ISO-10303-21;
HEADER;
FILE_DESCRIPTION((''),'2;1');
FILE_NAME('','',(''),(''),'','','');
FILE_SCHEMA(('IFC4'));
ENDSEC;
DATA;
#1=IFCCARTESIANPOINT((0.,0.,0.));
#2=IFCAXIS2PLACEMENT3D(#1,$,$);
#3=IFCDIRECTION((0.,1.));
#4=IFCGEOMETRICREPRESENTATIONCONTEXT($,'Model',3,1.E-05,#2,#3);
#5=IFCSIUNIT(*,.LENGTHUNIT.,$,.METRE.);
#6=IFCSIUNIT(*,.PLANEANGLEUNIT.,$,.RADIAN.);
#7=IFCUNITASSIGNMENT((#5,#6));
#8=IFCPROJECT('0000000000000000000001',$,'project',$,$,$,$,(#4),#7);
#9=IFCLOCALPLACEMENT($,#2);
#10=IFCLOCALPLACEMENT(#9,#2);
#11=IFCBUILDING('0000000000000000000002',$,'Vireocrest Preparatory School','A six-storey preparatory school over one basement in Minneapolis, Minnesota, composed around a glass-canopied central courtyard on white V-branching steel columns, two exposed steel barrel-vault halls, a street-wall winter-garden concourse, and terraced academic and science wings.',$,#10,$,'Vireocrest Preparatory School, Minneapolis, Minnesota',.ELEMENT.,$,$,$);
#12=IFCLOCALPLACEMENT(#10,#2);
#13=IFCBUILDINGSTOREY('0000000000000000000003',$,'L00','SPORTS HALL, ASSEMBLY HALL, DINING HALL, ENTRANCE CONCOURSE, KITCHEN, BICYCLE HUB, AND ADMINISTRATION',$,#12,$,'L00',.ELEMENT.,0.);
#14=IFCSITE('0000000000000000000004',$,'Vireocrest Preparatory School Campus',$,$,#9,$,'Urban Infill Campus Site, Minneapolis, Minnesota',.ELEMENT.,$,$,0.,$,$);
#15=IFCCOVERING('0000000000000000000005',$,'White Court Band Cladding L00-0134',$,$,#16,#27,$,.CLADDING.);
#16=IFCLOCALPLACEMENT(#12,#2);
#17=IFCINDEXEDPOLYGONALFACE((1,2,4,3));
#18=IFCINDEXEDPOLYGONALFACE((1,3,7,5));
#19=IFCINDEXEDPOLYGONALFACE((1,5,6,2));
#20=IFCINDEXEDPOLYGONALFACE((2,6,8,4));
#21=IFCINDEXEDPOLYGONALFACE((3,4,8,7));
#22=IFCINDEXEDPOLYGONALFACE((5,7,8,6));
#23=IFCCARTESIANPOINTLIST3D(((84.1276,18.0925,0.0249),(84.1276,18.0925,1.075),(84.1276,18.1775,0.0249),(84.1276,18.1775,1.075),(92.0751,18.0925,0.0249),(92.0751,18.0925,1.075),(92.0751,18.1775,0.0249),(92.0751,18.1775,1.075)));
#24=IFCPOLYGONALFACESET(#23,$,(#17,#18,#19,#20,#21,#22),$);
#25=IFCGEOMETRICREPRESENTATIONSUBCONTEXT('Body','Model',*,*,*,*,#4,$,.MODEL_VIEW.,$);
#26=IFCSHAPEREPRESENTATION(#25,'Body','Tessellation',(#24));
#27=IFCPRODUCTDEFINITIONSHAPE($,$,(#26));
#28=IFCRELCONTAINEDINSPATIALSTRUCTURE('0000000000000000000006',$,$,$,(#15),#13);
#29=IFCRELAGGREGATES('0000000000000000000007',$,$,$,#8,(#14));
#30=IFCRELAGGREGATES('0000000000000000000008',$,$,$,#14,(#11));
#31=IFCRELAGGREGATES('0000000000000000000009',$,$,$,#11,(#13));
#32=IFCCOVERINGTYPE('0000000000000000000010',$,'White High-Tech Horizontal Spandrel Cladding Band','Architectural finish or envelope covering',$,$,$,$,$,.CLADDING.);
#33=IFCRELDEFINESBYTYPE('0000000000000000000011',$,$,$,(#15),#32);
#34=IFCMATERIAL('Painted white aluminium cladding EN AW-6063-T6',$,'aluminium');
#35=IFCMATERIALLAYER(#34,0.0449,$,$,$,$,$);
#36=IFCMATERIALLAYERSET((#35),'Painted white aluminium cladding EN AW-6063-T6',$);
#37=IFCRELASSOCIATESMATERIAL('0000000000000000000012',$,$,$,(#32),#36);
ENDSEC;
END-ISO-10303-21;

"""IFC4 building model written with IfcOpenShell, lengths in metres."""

from ifc_helpers import new_model, si_unit, direction, frame, origin, origin_2d, place, context, subcontext, project, spatial, rectangle, extrude, material, layer, layer_set, type_object, element, save


model = new_model("IFC4")

# Units and contexts
model_context = context("Model", 3, precision=1e-05, world=origin(), true_north=direction((0.0, 1.0)))
body_context = subcontext(model_context, "Body", "Model", "MODEL_VIEW")
ifc_project = project(units=[si_unit("LENGTHUNIT", "METRE"), si_unit("PLANEANGLEUNIT", "RADIAN")], contexts=[model_context])

# Site, building, storey
site_placement = place(None, origin())
site = spatial("IfcSite", under=ifc_project, at=site_placement, Name="Vireocrest Preparatory School Campus", LongName="Urban Infill Campus Site, Minneapolis, Minnesota", CompositionType="ELEMENT", RefElevation=0.0)
building_placement = place(site_placement, origin())
building = spatial("IfcBuilding", under=site, at=building_placement, Name="Vireocrest Preparatory School", Description="A six-storey preparatory school over one basement in Minneapolis, Minnesota, composed around a glass-canopied central courtyard on white V-branching steel columns, two exposed steel barrel-vault halls, a street-wall winter-garden concourse, and terraced academic and science wings.", LongName="Vireocrest Preparatory School, Minneapolis, Minnesota", CompositionType="ELEMENT")
storey_placement = place(building_placement, origin())
storey = spatial("IfcBuildingStorey", under=building, at=storey_placement, Name="L00", Description="SPORTS HALL, ASSEMBLY HALL, DINING HALL, ENTRANCE CONCOURSE, KITCHEN, BICYCLE HUB, AND ADMINISTRATION", LongName="L00", CompositionType="ELEMENT", Elevation=0.0)

# Covering
ifc_material_1 = material(Name="Painted white aluminium cladding EN AW-6063-T6", Category="aluminium")
ifc_layer_1 = layer(ifc_material_1, 0.0449)
ifc_layer_set_1 = layer_set([ifc_layer_1], Name="Painted white aluminium cladding EN AW-6063-T6")
covering_type = type_object("IfcCoveringType", Name="White High-Tech Horizontal Spandrel Cladding Band", Description="Architectural finish or envelope covering", PredefinedType="CLADDING", material=ifc_layer_set_1)
covering_placement = place(storey_placement, frame((88.1013, 18.135, 0.0249), z_axis=(0.0, 0.0, 1.0), x_axis=(1.0, 0.0, 0.0)))
element("IfcCovering", 1, at=covering_placement, inside=storey, type_object=covering_type, Name="White Court Band Cladding L00-0134", PredefinedType="CLADDING", context=body_context, shape_type="SweptSolid", body=[
    extrude(rectangle(XDim=7.9475, YDim=0.085, at=origin_2d()), origin(), (0.0, 0.0, 1.0), 1.05),
])

save(model, "model.ifc")
